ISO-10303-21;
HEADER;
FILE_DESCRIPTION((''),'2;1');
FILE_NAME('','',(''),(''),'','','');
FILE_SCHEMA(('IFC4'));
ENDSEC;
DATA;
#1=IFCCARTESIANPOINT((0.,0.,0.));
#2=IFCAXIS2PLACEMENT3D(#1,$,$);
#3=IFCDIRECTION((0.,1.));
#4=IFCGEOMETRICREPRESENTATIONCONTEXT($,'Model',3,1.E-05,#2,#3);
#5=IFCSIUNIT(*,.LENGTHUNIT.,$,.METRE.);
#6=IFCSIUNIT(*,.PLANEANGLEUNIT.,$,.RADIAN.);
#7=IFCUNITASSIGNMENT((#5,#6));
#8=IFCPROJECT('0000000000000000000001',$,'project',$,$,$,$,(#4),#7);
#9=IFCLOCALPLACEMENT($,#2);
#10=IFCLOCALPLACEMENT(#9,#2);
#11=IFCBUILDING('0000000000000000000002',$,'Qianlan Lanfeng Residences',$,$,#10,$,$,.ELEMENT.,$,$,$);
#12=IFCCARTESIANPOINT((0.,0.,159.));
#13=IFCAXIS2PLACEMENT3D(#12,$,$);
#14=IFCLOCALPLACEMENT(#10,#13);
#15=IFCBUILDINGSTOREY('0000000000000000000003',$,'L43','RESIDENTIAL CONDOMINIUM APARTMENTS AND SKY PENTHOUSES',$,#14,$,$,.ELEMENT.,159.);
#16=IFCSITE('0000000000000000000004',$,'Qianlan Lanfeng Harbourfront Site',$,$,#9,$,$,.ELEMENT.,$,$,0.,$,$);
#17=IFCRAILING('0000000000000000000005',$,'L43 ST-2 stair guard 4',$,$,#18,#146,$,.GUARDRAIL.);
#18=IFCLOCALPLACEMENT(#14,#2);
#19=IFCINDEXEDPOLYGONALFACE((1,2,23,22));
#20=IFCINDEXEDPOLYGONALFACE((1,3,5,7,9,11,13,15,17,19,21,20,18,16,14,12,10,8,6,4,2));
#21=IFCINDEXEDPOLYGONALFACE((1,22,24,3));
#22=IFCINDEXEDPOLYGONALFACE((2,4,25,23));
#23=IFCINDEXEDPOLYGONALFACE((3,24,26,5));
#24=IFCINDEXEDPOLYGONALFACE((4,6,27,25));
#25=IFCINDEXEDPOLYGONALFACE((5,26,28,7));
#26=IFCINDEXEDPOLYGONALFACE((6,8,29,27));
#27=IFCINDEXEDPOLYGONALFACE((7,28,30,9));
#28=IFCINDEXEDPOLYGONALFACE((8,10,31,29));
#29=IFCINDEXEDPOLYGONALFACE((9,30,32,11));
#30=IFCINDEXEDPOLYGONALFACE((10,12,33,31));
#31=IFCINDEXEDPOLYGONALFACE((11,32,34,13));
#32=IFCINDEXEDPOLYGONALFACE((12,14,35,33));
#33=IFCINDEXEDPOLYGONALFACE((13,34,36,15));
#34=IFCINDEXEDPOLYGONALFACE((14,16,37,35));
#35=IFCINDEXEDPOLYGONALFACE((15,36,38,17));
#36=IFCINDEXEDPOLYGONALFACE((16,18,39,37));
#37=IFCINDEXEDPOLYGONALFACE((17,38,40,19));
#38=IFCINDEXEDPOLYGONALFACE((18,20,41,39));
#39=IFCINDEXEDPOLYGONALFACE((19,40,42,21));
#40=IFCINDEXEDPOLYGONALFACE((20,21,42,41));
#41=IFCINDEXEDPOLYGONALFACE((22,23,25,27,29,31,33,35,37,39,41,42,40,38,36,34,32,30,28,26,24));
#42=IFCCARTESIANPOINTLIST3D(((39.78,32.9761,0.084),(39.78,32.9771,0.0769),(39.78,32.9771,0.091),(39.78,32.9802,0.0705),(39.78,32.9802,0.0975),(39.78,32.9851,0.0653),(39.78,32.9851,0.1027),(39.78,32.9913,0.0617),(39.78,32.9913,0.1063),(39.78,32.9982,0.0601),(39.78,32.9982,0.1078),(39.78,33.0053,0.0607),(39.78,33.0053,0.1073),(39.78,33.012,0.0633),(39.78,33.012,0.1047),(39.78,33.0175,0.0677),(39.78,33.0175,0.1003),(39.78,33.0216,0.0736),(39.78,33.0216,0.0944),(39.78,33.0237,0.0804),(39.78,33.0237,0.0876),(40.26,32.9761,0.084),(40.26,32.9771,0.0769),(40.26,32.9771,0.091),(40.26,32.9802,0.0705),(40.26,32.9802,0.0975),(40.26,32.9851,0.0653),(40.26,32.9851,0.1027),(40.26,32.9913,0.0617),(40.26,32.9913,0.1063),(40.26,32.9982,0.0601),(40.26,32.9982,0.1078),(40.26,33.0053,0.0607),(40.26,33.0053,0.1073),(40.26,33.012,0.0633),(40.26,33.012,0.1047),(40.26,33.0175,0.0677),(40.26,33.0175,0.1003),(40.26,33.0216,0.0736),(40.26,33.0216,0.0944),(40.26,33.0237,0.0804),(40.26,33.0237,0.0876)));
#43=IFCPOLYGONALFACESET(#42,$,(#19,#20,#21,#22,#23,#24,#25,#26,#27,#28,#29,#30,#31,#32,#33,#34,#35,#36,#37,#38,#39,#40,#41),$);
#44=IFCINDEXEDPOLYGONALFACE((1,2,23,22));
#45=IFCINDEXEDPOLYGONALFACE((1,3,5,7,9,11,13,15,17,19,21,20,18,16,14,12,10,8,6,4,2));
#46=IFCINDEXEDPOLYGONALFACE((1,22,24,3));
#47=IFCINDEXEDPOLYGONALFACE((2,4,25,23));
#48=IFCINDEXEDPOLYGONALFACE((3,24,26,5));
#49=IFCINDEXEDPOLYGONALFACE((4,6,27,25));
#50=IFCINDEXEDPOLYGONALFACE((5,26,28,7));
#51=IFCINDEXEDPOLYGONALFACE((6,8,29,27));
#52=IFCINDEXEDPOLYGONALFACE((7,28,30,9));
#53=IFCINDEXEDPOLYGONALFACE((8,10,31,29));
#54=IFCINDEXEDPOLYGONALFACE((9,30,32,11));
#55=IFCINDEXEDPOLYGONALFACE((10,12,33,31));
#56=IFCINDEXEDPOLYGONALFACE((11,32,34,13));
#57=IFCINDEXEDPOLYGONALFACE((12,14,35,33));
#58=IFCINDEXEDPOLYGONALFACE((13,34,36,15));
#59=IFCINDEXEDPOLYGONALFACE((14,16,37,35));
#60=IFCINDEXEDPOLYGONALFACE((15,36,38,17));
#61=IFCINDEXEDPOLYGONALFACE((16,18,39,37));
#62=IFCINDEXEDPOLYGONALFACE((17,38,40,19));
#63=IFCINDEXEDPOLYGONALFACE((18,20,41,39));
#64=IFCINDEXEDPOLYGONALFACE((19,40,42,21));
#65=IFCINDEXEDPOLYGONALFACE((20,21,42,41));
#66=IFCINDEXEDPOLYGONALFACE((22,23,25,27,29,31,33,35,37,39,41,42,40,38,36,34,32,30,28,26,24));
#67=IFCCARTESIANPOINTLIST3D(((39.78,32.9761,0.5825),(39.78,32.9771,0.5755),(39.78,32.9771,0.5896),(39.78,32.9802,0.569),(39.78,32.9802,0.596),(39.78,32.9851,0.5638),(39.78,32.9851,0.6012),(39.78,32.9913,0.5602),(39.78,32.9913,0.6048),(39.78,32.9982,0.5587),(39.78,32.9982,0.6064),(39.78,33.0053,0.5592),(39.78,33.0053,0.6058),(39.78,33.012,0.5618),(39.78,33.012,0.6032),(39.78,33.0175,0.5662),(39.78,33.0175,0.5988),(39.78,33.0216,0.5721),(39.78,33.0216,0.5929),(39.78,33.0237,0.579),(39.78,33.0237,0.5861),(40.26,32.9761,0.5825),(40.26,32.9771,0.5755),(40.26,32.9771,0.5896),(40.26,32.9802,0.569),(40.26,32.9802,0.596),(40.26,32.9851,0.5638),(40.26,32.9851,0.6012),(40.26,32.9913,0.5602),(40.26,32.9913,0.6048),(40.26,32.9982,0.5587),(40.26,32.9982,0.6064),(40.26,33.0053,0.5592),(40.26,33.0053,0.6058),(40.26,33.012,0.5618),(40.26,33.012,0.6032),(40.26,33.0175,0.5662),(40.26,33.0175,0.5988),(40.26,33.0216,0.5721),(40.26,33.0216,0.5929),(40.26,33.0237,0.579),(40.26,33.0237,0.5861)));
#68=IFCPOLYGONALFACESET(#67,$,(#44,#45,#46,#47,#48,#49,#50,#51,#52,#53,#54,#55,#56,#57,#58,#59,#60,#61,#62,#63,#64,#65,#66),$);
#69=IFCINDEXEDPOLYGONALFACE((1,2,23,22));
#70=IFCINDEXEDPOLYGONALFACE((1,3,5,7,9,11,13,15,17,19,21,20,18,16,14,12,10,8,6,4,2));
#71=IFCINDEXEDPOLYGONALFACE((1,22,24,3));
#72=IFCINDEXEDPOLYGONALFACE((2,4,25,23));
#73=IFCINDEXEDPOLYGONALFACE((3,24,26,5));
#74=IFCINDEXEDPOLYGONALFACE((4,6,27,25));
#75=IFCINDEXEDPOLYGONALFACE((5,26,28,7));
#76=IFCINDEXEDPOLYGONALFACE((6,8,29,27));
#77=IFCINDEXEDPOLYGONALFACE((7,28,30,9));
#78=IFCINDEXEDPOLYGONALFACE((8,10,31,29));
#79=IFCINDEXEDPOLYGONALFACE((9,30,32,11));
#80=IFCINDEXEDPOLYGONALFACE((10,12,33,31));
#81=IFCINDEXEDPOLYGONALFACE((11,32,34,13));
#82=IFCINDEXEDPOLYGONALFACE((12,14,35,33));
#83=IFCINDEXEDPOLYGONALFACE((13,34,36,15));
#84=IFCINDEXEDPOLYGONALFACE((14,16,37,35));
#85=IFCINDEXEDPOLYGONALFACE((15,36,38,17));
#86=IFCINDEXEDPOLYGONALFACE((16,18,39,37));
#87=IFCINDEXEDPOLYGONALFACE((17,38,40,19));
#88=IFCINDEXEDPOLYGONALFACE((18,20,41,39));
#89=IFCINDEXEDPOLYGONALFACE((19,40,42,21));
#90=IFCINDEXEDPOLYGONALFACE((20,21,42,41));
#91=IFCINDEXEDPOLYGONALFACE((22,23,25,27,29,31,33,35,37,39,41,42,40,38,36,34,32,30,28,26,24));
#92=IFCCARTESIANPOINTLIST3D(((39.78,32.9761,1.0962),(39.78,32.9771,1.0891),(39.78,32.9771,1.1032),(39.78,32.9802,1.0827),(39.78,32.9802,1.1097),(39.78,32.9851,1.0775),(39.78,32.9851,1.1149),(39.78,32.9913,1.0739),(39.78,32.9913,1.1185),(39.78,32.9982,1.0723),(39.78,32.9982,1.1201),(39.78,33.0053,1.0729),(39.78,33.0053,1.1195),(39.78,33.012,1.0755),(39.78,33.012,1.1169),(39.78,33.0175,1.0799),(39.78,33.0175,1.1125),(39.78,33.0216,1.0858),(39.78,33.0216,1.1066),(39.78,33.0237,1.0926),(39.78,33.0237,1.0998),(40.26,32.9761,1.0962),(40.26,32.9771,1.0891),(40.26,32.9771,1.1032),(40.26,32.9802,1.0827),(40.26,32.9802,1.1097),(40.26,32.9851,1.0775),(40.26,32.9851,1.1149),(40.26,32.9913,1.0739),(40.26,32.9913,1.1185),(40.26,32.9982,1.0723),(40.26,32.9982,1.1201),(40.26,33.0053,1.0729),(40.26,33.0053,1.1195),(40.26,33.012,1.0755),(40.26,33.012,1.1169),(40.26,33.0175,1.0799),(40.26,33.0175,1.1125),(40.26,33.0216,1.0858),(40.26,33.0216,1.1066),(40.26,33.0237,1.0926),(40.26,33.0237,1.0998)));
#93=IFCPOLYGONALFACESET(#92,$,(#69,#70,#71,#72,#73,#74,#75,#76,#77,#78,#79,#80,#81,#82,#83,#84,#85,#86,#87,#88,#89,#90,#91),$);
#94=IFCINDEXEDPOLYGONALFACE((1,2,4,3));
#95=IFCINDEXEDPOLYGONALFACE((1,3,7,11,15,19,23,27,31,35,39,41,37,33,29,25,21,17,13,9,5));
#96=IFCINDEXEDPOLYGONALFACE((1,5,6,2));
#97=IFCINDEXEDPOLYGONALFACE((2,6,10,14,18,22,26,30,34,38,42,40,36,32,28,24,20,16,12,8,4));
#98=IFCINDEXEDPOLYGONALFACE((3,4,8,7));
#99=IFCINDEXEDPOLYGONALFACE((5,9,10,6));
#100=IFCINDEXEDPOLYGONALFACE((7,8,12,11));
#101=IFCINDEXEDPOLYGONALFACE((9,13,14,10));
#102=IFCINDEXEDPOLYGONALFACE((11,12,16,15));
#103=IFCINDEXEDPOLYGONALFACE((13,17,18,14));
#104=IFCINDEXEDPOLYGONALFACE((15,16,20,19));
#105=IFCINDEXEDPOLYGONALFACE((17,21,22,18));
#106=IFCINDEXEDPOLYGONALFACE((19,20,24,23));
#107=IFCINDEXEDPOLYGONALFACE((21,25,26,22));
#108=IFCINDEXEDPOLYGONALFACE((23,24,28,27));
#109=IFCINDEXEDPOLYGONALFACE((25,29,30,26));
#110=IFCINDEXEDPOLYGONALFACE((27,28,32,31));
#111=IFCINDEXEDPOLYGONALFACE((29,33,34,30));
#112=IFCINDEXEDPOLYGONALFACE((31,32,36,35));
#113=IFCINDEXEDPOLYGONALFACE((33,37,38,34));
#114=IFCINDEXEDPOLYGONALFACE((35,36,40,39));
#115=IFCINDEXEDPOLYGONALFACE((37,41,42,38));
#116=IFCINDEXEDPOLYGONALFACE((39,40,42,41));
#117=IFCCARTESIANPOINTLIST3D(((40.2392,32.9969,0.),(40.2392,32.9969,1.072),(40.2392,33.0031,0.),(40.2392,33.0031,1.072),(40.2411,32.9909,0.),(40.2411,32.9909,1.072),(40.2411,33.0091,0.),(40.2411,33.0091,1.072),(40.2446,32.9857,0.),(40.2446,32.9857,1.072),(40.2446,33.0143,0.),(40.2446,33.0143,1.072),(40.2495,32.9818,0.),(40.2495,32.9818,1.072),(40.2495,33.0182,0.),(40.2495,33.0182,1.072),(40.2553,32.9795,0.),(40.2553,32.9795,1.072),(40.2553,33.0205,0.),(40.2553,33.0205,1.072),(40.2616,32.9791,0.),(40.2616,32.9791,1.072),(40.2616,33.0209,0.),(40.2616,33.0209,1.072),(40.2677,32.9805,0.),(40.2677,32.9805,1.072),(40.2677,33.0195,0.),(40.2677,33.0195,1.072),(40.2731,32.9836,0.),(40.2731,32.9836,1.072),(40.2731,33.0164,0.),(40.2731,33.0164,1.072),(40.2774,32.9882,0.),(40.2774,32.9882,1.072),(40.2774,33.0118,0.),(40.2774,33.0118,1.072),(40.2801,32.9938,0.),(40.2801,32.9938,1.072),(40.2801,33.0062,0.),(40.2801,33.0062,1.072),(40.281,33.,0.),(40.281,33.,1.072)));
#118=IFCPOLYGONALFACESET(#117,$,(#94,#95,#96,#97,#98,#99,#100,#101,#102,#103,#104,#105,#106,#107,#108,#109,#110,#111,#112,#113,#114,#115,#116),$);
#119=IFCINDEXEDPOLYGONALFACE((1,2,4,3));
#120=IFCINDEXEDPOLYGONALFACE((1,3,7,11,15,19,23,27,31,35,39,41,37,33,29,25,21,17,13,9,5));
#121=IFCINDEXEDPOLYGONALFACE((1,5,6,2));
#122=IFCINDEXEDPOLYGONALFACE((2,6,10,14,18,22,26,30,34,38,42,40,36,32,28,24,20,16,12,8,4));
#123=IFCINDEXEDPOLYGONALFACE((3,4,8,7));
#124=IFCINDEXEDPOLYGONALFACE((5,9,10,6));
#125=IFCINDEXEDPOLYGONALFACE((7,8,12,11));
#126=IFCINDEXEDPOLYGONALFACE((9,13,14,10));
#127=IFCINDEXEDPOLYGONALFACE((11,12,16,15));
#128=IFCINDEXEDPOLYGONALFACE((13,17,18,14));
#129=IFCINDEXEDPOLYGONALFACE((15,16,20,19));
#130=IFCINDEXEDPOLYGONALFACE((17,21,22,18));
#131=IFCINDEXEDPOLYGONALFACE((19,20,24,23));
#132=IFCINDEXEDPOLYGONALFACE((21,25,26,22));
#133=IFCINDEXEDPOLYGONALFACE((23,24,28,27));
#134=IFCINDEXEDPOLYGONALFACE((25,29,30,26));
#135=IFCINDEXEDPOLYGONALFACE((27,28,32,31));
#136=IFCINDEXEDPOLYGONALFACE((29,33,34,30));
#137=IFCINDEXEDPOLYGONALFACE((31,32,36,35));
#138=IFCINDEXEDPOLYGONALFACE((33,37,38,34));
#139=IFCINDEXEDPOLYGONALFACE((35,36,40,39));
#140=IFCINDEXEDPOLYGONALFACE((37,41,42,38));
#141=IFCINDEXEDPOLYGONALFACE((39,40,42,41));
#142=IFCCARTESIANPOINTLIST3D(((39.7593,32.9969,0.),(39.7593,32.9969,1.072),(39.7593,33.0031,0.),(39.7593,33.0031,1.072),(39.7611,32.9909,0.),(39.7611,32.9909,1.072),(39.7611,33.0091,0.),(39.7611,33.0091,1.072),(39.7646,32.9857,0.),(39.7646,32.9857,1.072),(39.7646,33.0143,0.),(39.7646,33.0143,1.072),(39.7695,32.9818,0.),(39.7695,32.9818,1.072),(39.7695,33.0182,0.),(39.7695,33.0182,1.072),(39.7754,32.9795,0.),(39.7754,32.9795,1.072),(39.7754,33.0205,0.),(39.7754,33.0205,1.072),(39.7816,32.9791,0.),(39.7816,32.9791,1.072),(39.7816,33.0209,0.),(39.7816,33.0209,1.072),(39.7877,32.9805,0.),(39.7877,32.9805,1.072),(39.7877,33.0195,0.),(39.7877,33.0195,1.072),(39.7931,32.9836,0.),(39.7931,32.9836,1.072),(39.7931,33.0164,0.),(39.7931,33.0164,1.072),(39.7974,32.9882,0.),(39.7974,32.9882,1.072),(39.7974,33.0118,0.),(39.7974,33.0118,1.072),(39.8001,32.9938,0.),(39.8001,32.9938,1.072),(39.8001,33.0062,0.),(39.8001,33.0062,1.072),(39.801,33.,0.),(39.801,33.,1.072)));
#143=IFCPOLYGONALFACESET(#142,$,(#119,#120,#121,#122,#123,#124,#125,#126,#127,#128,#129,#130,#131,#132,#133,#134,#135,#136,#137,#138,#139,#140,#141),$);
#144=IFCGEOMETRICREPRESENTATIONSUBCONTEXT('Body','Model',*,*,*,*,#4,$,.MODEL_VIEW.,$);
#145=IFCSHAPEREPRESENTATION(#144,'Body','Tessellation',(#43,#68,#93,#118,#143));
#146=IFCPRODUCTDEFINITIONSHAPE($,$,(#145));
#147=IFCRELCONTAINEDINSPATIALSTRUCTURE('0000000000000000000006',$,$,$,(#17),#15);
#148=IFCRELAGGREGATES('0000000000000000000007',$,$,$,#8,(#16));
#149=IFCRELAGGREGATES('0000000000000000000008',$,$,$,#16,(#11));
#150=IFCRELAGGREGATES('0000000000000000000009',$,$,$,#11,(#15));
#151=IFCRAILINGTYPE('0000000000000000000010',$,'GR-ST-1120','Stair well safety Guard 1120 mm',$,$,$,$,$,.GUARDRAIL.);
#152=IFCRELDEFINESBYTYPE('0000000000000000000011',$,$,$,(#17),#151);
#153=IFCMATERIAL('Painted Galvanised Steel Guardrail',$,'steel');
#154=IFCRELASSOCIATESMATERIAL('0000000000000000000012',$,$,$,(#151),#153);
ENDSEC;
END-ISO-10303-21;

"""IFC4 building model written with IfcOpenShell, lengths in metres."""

from ifc_helpers import new_model, si_unit, direction, frame, origin, origin_2d, place, context, subcontext, project, spatial, circle, extrude, material, type_object, element, save


model = new_model("IFC4")

# Units and contexts
model_context = context("Model", 3, precision=1e-05, world=origin(), true_north=direction((0.0, 1.0)))
body_context = subcontext(model_context, "Body", "Model", "MODEL_VIEW")
ifc_project = project(units=[si_unit("LENGTHUNIT", "METRE"), si_unit("PLANEANGLEUNIT", "RADIAN")], contexts=[model_context])

# Site, building, storey
site_placement = place(None, origin())
site = spatial("IfcSite", under=ifc_project, at=site_placement, Name="Qianlan Lanfeng Harbourfront Site", CompositionType="ELEMENT", RefElevation=0.0)
building_placement = place(site_placement, origin())
building = spatial("IfcBuilding", under=site, at=building_placement, Name="Qianlan Lanfeng Residences", CompositionType="ELEMENT")
storey_placement = place(building_placement, frame((0.0, 0.0, 159.0)))
storey = spatial("IfcBuildingStorey", under=building, at=storey_placement, Name="L43", Description="RESIDENTIAL CONDOMINIUM APARTMENTS AND SKY PENTHOUSES", CompositionType="ELEMENT", Elevation=159.0)

# Railing
ifc_material_1 = material(Name="Painted Galvanised Steel Guardrail", Category="steel")
railing_type_1 = type_object("IfcRailingType", Name="GR-ST-1120", Description="Stair well safety Guard 1120 mm", PredefinedType="GUARDRAIL", material=ifc_material_1)
railing_1_placement = place(storey_placement, frame((40.26, 33.0, 0.0)))
element("IfcRailing", 1, at=railing_1_placement, inside=storey, type_object=railing_type_1, Name="L43 ST-2 stair guard 4", PredefinedType="GUARDRAIL", context=body_context, shape_type="SweptSolid", body=[
    extrude(circle(Radius=0.0239, at=origin_2d()), frame((0.0, 0.0, 0.084), z_axis=(-1.0, 0.0, 0.0), x_axis=(0.0, -1.0, 0.0)), (0.0, 0.0, 1.0), 0.48),
    extrude(circle(Radius=0.0239, at=origin_2d()), frame((0.0, 0.0, 0.5825), z_axis=(-1.0, 0.0, 0.0), x_axis=(0.0, -1.0, 0.0)), (0.0, 0.0, 1.0), 0.48),
    extrude(circle(Radius=0.0239, at=origin_2d()), frame((0.0, 0.0, 1.0962), z_axis=(-1.0, 0.0, 0.0), x_axis=(0.0, -1.0, 0.0)), (0.0, 0.0, 1.0), 0.48),
    extrude(circle(Radius=0.021, at=origin_2d()), origin(), (0.0, 0.0, 1.0), 1.072),
    extrude(circle(Radius=0.021, at=origin_2d()), frame((-0.48, 0.0, 0.0)), (0.0, 0.0, 1.0), 1.072),
])

save(model, "model.ifc")
